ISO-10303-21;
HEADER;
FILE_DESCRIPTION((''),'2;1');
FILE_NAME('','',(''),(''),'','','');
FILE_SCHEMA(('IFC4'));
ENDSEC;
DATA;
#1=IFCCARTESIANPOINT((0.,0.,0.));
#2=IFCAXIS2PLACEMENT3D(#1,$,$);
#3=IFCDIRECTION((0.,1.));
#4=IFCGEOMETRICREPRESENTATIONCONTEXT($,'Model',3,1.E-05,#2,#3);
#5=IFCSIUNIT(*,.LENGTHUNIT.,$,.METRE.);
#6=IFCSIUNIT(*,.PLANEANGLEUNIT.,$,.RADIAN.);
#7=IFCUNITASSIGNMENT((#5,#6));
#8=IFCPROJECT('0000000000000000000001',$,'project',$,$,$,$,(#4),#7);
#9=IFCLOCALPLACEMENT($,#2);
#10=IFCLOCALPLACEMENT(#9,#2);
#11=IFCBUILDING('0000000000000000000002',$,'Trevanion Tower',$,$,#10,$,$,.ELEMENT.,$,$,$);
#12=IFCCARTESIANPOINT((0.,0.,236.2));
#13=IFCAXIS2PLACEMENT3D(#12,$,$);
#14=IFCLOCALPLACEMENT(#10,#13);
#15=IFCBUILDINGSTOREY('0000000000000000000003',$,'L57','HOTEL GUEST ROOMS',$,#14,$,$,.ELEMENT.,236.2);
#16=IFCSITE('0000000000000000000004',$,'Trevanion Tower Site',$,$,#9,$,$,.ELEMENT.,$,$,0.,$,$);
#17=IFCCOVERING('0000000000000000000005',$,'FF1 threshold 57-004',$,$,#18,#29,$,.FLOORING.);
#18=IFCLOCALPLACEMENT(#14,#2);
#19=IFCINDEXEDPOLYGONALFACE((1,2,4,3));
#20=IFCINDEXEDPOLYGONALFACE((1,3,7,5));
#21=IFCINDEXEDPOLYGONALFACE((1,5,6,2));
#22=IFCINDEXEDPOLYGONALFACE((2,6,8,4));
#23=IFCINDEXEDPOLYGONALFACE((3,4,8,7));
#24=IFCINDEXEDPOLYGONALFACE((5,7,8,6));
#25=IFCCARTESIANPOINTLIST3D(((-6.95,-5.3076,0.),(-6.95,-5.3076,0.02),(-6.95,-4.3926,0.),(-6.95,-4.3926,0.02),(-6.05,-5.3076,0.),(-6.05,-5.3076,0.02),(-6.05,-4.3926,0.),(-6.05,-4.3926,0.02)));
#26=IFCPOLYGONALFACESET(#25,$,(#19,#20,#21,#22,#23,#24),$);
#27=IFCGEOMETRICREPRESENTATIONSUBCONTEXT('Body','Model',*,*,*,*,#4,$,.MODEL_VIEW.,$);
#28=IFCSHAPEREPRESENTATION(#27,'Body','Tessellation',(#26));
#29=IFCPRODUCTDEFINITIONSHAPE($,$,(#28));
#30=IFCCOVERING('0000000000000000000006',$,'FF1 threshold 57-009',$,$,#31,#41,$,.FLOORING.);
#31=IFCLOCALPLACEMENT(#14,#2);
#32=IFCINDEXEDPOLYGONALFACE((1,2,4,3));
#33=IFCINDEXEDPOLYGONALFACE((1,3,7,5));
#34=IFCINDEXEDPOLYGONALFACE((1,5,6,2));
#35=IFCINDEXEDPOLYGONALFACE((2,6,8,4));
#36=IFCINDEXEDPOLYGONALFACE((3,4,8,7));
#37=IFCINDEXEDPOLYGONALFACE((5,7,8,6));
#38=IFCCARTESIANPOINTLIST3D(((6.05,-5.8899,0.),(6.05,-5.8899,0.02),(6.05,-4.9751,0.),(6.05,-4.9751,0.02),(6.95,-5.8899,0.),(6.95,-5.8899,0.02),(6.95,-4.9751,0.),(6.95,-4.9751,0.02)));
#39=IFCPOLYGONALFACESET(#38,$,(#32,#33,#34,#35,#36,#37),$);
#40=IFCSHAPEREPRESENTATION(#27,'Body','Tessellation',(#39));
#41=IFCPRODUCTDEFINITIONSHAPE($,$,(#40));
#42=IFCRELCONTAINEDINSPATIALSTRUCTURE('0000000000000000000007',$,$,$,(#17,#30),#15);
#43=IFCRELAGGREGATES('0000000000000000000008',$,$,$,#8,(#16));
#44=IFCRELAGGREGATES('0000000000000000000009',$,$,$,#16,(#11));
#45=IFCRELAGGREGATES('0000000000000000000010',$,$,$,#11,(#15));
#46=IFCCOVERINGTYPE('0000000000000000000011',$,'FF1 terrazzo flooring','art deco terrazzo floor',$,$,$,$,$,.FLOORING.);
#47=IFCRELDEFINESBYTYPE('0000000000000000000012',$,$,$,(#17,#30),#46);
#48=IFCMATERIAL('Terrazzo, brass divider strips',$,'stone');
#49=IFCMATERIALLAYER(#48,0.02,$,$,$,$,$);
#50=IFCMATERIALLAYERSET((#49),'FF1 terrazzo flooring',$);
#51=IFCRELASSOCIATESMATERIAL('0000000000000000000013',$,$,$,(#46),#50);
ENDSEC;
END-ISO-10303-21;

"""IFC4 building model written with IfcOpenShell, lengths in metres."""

from ifc_helpers import new_model, si_unit, direction, frame, origin, place, context, subcontext, project, spatial, polyline, outline, extrude, material, layer, layer_set, type_object, element, save


model = new_model("IFC4")

# Units and contexts
model_context = context("Model", 3, precision=1e-05, world=origin(), true_north=direction((0.0, 1.0)))
body_context = subcontext(model_context, "Body", "Model", "MODEL_VIEW")
ifc_project = project(units=[si_unit("LENGTHUNIT", "METRE"), si_unit("PLANEANGLEUNIT", "RADIAN")], contexts=[model_context])

# Site, building, storey
site_placement = place(None, origin())
site = spatial("IfcSite", under=ifc_project, at=site_placement, Name="Trevanion Tower Site", CompositionType="ELEMENT", RefElevation=0.0)
building_placement = place(site_placement, origin())
building = spatial("IfcBuilding", under=site, at=building_placement, Name="Trevanion Tower", CompositionType="ELEMENT")
storey_placement = place(building_placement, frame((0.0, 0.0, 236.2)))
storey = spatial("IfcBuildingStorey", under=building, at=storey_placement, Name="L57", Description="HOTEL GUEST ROOMS", CompositionType="ELEMENT", Elevation=236.2)

# Coverings
ifc_material_1 = material(Name="Terrazzo, brass divider strips", Category="stone")
ifc_layer_1 = layer(ifc_material_1, 0.02)
ifc_layer_set_1 = layer_set([ifc_layer_1], Name="FF1 terrazzo flooring")
covering_type = type_object("IfcCoveringType", Name="FF1 terrazzo flooring", Description="art deco terrazzo floor", PredefinedType="FLOORING", material=ifc_layer_set_1)
covering_1_placement = place(storey_placement, origin())
element("IfcCovering", 1, at=covering_1_placement, inside=storey, type_object=covering_type, Name="FF1 threshold 57-004", PredefinedType="FLOORING", context=body_context, shape_type="SweptSolid", body=[
    extrude(outline(polyline([(-6.95, -4.3926), (-6.95, -5.3076), (-6.05, -5.3076), (-6.05, -4.3926), (-6.95, -4.3926)])), origin(), (0.0, 0.0, 1.0), 0.02),
])
covering_2_placement = place(storey_placement, origin())
element("IfcCovering", 2, at=covering_2_placement, inside=storey, type_object=covering_type, Name="FF1 threshold 57-009", PredefinedType="FLOORING", context=body_context, shape_type="SweptSolid", body=[
    extrude(outline(polyline([(6.95, -5.8899), (6.95, -4.9751), (6.05, -4.9751), (6.05, -5.8899), (6.95, -5.8899)])), origin(), (0.0, 0.0, 1.0), 0.02),
])

save(model, "model.ifc")
